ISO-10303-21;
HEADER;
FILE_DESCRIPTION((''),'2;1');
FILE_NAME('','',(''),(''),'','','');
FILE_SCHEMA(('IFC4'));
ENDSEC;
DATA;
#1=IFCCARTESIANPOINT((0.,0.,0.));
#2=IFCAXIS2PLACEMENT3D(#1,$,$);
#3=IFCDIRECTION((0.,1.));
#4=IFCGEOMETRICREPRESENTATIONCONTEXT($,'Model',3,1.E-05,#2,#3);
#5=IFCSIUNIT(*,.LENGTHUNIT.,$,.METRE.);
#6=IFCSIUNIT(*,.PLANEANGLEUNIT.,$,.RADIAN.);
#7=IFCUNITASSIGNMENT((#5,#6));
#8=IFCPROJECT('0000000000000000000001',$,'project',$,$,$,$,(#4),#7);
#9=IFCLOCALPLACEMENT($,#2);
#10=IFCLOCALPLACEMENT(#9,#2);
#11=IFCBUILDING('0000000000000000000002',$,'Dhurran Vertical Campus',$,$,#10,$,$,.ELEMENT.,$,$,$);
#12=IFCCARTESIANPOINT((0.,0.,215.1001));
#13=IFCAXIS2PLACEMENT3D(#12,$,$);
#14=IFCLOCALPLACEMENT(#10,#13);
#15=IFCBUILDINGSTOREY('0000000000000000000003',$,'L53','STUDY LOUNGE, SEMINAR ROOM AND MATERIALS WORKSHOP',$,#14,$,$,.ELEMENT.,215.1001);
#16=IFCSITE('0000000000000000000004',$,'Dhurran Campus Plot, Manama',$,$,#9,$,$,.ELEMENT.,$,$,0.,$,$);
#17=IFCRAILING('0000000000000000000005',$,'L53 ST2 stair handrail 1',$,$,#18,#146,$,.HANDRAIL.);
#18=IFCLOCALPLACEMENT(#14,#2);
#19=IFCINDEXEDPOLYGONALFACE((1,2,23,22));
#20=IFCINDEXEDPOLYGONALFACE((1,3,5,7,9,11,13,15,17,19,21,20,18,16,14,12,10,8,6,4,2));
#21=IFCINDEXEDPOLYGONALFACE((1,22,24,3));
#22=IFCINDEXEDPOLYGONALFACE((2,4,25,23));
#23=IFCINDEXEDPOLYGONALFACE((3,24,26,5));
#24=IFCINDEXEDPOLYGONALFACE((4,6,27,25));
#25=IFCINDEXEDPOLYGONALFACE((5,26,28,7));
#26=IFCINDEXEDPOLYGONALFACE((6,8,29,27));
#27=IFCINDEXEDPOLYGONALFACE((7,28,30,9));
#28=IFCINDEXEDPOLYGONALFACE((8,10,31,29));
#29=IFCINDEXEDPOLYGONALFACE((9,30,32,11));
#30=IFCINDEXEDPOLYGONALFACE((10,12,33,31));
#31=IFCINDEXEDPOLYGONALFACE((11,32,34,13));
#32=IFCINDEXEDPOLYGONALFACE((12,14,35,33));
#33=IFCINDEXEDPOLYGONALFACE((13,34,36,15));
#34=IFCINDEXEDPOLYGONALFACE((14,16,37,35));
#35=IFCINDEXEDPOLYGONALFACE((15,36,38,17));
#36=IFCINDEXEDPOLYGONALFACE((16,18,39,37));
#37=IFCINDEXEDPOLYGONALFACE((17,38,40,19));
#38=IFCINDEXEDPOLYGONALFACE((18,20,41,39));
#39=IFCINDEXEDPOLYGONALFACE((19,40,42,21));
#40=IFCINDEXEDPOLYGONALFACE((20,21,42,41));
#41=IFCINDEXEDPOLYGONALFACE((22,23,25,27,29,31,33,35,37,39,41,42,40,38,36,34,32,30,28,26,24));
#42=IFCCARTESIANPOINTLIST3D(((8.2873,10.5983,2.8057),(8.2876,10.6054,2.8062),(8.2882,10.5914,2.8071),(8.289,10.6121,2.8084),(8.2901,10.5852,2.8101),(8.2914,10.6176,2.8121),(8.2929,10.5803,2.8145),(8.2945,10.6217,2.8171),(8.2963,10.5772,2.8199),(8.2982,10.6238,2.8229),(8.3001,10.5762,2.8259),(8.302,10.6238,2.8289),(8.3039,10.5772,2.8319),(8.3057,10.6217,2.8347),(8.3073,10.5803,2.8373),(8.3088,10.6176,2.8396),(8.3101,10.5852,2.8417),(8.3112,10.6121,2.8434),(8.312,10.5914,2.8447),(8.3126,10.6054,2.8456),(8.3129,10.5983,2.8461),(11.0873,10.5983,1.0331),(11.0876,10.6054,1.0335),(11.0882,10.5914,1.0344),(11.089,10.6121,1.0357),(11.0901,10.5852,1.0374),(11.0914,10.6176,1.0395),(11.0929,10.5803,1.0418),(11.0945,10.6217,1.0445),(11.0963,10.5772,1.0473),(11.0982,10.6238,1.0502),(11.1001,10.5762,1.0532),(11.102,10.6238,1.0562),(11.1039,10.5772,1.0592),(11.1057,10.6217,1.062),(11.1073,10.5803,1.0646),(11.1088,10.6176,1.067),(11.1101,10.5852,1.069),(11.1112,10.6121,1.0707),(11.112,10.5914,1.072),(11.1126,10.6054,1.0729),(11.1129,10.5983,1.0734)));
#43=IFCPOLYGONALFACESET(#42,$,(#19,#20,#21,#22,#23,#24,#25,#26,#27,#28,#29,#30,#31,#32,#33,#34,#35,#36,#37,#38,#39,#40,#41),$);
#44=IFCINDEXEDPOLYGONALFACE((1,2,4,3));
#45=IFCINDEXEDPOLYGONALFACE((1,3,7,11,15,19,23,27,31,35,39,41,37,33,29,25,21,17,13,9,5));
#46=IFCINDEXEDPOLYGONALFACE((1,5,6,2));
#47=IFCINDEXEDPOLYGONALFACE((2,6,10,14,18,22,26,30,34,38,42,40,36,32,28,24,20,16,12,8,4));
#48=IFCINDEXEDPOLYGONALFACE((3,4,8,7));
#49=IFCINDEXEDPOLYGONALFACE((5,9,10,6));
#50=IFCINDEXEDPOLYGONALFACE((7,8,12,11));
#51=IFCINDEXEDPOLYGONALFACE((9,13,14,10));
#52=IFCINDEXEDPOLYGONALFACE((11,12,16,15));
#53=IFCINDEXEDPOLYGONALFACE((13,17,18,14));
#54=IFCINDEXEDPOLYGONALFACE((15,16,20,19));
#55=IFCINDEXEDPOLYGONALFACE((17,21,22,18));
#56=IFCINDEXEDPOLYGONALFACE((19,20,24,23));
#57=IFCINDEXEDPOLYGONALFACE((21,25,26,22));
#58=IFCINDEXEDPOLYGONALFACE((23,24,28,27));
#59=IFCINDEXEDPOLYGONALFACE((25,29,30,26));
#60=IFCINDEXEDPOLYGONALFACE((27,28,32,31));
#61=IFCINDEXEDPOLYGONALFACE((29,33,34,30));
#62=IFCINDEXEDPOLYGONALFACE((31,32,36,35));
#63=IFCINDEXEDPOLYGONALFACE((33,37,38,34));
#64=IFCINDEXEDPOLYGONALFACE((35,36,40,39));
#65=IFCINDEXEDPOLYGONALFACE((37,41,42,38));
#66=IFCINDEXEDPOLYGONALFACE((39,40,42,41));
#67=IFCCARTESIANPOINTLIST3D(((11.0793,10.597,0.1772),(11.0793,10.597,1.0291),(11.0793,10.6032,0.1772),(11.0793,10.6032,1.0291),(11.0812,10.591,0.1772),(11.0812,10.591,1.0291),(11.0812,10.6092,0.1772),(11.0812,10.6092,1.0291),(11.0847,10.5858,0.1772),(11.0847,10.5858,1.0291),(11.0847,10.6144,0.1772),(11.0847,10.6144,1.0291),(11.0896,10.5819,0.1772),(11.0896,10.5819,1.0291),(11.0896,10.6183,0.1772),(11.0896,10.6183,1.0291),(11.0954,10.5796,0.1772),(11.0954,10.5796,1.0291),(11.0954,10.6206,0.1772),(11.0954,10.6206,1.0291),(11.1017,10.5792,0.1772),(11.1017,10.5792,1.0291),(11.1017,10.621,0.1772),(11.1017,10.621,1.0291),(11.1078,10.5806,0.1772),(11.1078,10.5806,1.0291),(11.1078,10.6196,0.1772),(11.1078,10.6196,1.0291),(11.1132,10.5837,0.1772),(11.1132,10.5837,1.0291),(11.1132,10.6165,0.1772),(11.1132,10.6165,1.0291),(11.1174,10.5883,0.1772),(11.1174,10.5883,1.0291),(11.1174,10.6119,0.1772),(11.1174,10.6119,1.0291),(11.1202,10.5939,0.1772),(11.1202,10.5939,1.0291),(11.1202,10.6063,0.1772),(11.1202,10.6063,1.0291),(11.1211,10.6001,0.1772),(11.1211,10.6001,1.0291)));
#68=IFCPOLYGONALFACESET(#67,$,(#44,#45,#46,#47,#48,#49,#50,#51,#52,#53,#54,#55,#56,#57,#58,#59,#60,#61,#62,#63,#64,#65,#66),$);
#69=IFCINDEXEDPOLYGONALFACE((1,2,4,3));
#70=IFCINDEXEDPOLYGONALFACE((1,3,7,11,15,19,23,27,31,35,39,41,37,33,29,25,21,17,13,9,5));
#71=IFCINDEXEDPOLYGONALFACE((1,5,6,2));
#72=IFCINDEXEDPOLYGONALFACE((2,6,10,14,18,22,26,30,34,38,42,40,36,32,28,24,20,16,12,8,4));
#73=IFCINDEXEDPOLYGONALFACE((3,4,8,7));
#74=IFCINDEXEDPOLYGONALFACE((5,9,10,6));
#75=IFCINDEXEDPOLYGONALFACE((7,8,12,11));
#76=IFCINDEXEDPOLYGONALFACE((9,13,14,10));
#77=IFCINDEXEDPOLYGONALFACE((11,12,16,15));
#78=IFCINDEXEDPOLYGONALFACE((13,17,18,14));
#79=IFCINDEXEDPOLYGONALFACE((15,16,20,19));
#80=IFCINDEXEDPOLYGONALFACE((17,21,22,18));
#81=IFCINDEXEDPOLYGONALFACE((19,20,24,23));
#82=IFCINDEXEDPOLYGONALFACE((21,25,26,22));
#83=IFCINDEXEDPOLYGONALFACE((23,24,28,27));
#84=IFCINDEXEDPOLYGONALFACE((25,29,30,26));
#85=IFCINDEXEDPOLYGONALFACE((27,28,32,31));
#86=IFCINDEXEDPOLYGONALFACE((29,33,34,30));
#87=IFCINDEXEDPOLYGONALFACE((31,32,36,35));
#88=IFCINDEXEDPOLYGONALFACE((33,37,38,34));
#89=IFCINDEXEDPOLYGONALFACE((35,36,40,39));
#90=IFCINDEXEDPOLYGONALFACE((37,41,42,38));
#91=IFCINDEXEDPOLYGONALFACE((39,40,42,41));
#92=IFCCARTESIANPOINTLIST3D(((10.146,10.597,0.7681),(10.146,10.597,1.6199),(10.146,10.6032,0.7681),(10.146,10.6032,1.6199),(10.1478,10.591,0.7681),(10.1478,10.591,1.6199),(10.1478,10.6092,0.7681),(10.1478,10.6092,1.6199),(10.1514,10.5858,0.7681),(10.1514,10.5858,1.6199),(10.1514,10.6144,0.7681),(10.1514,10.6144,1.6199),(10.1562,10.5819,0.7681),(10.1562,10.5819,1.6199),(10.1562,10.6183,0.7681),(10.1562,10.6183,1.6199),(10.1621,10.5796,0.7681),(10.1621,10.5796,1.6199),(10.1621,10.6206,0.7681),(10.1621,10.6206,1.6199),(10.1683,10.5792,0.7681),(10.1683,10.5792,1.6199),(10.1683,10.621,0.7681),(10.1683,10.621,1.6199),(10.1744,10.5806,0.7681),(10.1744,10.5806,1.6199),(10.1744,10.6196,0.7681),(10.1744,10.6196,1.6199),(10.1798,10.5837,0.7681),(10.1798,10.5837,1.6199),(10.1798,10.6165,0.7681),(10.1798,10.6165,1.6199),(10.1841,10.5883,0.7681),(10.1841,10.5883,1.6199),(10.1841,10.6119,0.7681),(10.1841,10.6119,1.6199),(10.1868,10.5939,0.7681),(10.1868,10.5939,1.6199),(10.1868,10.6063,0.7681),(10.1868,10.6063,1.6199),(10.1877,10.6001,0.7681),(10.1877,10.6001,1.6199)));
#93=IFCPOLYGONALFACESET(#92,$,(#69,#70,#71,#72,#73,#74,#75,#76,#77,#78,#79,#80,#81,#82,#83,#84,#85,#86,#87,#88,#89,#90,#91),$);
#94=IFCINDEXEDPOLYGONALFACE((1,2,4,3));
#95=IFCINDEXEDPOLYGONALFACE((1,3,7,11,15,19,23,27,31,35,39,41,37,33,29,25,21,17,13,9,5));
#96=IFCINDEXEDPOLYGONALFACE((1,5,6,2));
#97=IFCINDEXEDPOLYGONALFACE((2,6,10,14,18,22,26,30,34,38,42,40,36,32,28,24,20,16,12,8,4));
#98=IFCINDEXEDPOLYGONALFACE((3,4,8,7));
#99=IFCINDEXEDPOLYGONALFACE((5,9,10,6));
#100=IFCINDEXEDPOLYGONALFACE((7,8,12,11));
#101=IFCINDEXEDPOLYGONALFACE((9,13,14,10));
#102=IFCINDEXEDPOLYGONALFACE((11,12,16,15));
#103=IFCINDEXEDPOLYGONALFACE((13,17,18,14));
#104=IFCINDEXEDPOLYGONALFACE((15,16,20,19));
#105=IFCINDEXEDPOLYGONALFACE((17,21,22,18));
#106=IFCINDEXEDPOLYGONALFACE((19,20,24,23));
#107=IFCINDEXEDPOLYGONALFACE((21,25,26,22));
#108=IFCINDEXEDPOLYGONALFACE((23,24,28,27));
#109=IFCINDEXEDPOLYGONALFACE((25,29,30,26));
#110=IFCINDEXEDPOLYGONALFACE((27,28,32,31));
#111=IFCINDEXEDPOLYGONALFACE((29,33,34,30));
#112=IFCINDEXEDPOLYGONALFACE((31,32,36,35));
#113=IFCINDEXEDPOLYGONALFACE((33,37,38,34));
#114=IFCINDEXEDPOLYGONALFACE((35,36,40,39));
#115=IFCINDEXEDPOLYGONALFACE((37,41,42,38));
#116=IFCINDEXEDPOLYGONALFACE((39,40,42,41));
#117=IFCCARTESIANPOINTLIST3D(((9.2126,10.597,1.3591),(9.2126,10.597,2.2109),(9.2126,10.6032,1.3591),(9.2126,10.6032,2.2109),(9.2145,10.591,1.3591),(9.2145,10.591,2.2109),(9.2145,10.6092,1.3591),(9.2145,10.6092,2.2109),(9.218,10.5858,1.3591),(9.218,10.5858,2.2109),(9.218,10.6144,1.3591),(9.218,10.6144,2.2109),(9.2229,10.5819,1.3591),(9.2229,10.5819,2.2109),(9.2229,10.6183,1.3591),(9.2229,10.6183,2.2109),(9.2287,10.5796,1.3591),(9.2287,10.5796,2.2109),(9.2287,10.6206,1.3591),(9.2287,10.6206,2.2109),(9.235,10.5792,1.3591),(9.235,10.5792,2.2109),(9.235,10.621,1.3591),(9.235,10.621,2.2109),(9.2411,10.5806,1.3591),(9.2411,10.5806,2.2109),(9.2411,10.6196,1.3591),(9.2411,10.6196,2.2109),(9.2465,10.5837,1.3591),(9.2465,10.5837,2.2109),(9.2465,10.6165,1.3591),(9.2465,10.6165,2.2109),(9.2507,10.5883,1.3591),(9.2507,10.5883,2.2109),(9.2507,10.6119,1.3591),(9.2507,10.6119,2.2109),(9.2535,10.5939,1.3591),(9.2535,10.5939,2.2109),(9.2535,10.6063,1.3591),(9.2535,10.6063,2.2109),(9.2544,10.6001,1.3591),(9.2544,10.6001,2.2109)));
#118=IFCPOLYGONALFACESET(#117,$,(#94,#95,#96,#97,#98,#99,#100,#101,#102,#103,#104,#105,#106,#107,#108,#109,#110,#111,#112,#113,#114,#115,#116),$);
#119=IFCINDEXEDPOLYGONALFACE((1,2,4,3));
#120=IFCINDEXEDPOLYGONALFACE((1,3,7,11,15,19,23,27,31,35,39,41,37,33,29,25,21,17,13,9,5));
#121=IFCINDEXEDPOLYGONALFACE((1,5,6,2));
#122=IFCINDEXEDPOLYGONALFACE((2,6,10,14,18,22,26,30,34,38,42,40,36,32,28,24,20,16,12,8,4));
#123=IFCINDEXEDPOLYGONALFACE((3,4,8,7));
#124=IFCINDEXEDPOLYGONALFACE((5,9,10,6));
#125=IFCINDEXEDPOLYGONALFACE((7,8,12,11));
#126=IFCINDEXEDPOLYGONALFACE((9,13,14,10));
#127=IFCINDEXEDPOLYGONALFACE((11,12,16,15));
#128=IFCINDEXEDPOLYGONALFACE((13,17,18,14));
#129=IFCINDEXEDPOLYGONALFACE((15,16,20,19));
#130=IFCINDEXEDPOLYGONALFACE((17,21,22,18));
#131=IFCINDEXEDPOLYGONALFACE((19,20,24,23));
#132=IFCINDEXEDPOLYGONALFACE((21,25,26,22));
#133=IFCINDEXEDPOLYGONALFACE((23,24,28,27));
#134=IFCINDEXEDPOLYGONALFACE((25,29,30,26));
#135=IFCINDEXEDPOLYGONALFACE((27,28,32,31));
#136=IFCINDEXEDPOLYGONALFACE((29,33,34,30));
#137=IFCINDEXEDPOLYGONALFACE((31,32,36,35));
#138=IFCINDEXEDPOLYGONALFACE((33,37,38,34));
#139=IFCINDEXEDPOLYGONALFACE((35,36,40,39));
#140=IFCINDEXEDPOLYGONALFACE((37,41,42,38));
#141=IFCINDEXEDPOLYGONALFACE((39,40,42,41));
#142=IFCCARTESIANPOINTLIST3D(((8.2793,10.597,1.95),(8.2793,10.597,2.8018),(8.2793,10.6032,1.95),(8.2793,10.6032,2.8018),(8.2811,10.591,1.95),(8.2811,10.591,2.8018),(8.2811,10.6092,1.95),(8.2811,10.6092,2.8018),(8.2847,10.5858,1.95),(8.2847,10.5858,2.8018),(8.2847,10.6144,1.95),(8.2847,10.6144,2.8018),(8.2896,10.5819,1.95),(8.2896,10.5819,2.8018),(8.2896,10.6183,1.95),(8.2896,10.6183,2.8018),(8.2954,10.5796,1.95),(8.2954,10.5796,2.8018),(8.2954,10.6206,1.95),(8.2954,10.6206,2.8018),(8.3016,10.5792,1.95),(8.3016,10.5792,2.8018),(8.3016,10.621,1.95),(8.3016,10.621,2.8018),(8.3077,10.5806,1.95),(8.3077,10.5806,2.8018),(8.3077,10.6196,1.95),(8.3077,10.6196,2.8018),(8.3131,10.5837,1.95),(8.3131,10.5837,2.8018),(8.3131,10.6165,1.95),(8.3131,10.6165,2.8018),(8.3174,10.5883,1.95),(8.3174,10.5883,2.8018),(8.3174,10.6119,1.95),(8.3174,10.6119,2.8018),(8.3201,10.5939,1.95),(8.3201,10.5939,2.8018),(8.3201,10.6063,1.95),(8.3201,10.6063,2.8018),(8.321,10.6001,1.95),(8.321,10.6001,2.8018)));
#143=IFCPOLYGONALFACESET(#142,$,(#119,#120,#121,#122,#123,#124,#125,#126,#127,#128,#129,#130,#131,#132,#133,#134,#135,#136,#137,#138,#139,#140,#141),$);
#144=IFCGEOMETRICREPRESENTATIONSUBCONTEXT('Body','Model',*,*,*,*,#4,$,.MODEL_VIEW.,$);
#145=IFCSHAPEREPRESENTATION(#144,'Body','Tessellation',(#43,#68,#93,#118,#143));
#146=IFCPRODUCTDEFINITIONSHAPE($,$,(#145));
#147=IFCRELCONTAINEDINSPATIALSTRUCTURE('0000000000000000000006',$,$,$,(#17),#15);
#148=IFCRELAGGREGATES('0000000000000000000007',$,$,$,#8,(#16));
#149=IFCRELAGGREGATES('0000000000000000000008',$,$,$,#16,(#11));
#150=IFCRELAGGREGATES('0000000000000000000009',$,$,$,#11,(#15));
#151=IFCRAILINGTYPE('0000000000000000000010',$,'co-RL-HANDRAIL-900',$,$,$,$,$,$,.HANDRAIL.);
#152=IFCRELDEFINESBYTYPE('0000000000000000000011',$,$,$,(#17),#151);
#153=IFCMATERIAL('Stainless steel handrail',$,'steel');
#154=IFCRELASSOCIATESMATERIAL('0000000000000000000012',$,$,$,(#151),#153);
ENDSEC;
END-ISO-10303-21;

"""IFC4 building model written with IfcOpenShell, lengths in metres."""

from ifc_helpers import new_model, si_unit, direction, frame, origin, origin_2d, place, context, subcontext, project, spatial, circle, extrude, material, type_object, element, save


model = new_model("IFC4")

# Units and contexts
model_context = context("Model", 3, precision=1e-05, world=origin(), true_north=direction((0.0, 1.0)))
body_context = subcontext(model_context, "Body", "Model", "MODEL_VIEW")
ifc_project = project(units=[si_unit("LENGTHUNIT", "METRE"), si_unit("PLANEANGLEUNIT", "RADIAN")], contexts=[model_context])

# Site, building, storey
site_placement = place(None, origin())
site = spatial("IfcSite", under=ifc_project, at=site_placement, Name="Dhurran Campus Plot, Manama", CompositionType="ELEMENT", RefElevation=0.0)
building_placement = place(site_placement, origin())
building = spatial("IfcBuilding", under=site, at=building_placement, Name="Dhurran Vertical Campus", CompositionType="ELEMENT")
storey_placement = place(building_placement, frame((0.0, 0.0, 215.1001)))
storey = spatial("IfcBuildingStorey", under=building, at=storey_placement, Name="L53", Description="STUDY LOUNGE, SEMINAR ROOM AND MATERIALS WORKSHOP", CompositionType="ELEMENT", Elevation=215.1001)

# Railing
ifc_material_1 = material(Name="Stainless steel handrail", Category="steel")
railing_type_1 = type_object("IfcRailingType", Name="co-RL-HANDRAIL-900", PredefinedType="HANDRAIL", material=ifc_material_1)
railing_1_placement = place(storey_placement, frame((11.1001, 10.6001, 0.1772)))
element("IfcRailing", 1, at=railing_1_placement, inside=storey, type_object=railing_type_1, Name="L53 ST2 stair handrail 1", PredefinedType="HANDRAIL", context=body_context, shape_type="SweptSolid", body=[
    extrude(circle(Radius=0.0239, at=origin_2d()), frame((0.0, 0.0, 0.876), z_axis=(-0.844909, 0.0, 0.53491), x_axis=(0.0, -1.0, 0.0)), (0.0, 0.0, 1.0), 3.314),
    extrude(circle(Radius=0.021, at=origin_2d()), origin(), (0.0, 0.0, 1.0), 0.8518),
    extrude(circle(Radius=0.021, at=origin_2d()), frame((-0.9333, 0.0, 0.5908)), (0.0, 0.0, 1.0), 0.8518),
    extrude(circle(Radius=0.021, at=origin_2d()), frame((-1.8667, 0.0, 1.1819)), (0.0, 0.0, 1.0), 0.8518),
    extrude(circle(Radius=0.021, at=origin_2d()), frame((-2.8, 0.0, 1.7727)), (0.0, 0.0, 1.0), 0.8518),
])

save(model, "model.ifc")
